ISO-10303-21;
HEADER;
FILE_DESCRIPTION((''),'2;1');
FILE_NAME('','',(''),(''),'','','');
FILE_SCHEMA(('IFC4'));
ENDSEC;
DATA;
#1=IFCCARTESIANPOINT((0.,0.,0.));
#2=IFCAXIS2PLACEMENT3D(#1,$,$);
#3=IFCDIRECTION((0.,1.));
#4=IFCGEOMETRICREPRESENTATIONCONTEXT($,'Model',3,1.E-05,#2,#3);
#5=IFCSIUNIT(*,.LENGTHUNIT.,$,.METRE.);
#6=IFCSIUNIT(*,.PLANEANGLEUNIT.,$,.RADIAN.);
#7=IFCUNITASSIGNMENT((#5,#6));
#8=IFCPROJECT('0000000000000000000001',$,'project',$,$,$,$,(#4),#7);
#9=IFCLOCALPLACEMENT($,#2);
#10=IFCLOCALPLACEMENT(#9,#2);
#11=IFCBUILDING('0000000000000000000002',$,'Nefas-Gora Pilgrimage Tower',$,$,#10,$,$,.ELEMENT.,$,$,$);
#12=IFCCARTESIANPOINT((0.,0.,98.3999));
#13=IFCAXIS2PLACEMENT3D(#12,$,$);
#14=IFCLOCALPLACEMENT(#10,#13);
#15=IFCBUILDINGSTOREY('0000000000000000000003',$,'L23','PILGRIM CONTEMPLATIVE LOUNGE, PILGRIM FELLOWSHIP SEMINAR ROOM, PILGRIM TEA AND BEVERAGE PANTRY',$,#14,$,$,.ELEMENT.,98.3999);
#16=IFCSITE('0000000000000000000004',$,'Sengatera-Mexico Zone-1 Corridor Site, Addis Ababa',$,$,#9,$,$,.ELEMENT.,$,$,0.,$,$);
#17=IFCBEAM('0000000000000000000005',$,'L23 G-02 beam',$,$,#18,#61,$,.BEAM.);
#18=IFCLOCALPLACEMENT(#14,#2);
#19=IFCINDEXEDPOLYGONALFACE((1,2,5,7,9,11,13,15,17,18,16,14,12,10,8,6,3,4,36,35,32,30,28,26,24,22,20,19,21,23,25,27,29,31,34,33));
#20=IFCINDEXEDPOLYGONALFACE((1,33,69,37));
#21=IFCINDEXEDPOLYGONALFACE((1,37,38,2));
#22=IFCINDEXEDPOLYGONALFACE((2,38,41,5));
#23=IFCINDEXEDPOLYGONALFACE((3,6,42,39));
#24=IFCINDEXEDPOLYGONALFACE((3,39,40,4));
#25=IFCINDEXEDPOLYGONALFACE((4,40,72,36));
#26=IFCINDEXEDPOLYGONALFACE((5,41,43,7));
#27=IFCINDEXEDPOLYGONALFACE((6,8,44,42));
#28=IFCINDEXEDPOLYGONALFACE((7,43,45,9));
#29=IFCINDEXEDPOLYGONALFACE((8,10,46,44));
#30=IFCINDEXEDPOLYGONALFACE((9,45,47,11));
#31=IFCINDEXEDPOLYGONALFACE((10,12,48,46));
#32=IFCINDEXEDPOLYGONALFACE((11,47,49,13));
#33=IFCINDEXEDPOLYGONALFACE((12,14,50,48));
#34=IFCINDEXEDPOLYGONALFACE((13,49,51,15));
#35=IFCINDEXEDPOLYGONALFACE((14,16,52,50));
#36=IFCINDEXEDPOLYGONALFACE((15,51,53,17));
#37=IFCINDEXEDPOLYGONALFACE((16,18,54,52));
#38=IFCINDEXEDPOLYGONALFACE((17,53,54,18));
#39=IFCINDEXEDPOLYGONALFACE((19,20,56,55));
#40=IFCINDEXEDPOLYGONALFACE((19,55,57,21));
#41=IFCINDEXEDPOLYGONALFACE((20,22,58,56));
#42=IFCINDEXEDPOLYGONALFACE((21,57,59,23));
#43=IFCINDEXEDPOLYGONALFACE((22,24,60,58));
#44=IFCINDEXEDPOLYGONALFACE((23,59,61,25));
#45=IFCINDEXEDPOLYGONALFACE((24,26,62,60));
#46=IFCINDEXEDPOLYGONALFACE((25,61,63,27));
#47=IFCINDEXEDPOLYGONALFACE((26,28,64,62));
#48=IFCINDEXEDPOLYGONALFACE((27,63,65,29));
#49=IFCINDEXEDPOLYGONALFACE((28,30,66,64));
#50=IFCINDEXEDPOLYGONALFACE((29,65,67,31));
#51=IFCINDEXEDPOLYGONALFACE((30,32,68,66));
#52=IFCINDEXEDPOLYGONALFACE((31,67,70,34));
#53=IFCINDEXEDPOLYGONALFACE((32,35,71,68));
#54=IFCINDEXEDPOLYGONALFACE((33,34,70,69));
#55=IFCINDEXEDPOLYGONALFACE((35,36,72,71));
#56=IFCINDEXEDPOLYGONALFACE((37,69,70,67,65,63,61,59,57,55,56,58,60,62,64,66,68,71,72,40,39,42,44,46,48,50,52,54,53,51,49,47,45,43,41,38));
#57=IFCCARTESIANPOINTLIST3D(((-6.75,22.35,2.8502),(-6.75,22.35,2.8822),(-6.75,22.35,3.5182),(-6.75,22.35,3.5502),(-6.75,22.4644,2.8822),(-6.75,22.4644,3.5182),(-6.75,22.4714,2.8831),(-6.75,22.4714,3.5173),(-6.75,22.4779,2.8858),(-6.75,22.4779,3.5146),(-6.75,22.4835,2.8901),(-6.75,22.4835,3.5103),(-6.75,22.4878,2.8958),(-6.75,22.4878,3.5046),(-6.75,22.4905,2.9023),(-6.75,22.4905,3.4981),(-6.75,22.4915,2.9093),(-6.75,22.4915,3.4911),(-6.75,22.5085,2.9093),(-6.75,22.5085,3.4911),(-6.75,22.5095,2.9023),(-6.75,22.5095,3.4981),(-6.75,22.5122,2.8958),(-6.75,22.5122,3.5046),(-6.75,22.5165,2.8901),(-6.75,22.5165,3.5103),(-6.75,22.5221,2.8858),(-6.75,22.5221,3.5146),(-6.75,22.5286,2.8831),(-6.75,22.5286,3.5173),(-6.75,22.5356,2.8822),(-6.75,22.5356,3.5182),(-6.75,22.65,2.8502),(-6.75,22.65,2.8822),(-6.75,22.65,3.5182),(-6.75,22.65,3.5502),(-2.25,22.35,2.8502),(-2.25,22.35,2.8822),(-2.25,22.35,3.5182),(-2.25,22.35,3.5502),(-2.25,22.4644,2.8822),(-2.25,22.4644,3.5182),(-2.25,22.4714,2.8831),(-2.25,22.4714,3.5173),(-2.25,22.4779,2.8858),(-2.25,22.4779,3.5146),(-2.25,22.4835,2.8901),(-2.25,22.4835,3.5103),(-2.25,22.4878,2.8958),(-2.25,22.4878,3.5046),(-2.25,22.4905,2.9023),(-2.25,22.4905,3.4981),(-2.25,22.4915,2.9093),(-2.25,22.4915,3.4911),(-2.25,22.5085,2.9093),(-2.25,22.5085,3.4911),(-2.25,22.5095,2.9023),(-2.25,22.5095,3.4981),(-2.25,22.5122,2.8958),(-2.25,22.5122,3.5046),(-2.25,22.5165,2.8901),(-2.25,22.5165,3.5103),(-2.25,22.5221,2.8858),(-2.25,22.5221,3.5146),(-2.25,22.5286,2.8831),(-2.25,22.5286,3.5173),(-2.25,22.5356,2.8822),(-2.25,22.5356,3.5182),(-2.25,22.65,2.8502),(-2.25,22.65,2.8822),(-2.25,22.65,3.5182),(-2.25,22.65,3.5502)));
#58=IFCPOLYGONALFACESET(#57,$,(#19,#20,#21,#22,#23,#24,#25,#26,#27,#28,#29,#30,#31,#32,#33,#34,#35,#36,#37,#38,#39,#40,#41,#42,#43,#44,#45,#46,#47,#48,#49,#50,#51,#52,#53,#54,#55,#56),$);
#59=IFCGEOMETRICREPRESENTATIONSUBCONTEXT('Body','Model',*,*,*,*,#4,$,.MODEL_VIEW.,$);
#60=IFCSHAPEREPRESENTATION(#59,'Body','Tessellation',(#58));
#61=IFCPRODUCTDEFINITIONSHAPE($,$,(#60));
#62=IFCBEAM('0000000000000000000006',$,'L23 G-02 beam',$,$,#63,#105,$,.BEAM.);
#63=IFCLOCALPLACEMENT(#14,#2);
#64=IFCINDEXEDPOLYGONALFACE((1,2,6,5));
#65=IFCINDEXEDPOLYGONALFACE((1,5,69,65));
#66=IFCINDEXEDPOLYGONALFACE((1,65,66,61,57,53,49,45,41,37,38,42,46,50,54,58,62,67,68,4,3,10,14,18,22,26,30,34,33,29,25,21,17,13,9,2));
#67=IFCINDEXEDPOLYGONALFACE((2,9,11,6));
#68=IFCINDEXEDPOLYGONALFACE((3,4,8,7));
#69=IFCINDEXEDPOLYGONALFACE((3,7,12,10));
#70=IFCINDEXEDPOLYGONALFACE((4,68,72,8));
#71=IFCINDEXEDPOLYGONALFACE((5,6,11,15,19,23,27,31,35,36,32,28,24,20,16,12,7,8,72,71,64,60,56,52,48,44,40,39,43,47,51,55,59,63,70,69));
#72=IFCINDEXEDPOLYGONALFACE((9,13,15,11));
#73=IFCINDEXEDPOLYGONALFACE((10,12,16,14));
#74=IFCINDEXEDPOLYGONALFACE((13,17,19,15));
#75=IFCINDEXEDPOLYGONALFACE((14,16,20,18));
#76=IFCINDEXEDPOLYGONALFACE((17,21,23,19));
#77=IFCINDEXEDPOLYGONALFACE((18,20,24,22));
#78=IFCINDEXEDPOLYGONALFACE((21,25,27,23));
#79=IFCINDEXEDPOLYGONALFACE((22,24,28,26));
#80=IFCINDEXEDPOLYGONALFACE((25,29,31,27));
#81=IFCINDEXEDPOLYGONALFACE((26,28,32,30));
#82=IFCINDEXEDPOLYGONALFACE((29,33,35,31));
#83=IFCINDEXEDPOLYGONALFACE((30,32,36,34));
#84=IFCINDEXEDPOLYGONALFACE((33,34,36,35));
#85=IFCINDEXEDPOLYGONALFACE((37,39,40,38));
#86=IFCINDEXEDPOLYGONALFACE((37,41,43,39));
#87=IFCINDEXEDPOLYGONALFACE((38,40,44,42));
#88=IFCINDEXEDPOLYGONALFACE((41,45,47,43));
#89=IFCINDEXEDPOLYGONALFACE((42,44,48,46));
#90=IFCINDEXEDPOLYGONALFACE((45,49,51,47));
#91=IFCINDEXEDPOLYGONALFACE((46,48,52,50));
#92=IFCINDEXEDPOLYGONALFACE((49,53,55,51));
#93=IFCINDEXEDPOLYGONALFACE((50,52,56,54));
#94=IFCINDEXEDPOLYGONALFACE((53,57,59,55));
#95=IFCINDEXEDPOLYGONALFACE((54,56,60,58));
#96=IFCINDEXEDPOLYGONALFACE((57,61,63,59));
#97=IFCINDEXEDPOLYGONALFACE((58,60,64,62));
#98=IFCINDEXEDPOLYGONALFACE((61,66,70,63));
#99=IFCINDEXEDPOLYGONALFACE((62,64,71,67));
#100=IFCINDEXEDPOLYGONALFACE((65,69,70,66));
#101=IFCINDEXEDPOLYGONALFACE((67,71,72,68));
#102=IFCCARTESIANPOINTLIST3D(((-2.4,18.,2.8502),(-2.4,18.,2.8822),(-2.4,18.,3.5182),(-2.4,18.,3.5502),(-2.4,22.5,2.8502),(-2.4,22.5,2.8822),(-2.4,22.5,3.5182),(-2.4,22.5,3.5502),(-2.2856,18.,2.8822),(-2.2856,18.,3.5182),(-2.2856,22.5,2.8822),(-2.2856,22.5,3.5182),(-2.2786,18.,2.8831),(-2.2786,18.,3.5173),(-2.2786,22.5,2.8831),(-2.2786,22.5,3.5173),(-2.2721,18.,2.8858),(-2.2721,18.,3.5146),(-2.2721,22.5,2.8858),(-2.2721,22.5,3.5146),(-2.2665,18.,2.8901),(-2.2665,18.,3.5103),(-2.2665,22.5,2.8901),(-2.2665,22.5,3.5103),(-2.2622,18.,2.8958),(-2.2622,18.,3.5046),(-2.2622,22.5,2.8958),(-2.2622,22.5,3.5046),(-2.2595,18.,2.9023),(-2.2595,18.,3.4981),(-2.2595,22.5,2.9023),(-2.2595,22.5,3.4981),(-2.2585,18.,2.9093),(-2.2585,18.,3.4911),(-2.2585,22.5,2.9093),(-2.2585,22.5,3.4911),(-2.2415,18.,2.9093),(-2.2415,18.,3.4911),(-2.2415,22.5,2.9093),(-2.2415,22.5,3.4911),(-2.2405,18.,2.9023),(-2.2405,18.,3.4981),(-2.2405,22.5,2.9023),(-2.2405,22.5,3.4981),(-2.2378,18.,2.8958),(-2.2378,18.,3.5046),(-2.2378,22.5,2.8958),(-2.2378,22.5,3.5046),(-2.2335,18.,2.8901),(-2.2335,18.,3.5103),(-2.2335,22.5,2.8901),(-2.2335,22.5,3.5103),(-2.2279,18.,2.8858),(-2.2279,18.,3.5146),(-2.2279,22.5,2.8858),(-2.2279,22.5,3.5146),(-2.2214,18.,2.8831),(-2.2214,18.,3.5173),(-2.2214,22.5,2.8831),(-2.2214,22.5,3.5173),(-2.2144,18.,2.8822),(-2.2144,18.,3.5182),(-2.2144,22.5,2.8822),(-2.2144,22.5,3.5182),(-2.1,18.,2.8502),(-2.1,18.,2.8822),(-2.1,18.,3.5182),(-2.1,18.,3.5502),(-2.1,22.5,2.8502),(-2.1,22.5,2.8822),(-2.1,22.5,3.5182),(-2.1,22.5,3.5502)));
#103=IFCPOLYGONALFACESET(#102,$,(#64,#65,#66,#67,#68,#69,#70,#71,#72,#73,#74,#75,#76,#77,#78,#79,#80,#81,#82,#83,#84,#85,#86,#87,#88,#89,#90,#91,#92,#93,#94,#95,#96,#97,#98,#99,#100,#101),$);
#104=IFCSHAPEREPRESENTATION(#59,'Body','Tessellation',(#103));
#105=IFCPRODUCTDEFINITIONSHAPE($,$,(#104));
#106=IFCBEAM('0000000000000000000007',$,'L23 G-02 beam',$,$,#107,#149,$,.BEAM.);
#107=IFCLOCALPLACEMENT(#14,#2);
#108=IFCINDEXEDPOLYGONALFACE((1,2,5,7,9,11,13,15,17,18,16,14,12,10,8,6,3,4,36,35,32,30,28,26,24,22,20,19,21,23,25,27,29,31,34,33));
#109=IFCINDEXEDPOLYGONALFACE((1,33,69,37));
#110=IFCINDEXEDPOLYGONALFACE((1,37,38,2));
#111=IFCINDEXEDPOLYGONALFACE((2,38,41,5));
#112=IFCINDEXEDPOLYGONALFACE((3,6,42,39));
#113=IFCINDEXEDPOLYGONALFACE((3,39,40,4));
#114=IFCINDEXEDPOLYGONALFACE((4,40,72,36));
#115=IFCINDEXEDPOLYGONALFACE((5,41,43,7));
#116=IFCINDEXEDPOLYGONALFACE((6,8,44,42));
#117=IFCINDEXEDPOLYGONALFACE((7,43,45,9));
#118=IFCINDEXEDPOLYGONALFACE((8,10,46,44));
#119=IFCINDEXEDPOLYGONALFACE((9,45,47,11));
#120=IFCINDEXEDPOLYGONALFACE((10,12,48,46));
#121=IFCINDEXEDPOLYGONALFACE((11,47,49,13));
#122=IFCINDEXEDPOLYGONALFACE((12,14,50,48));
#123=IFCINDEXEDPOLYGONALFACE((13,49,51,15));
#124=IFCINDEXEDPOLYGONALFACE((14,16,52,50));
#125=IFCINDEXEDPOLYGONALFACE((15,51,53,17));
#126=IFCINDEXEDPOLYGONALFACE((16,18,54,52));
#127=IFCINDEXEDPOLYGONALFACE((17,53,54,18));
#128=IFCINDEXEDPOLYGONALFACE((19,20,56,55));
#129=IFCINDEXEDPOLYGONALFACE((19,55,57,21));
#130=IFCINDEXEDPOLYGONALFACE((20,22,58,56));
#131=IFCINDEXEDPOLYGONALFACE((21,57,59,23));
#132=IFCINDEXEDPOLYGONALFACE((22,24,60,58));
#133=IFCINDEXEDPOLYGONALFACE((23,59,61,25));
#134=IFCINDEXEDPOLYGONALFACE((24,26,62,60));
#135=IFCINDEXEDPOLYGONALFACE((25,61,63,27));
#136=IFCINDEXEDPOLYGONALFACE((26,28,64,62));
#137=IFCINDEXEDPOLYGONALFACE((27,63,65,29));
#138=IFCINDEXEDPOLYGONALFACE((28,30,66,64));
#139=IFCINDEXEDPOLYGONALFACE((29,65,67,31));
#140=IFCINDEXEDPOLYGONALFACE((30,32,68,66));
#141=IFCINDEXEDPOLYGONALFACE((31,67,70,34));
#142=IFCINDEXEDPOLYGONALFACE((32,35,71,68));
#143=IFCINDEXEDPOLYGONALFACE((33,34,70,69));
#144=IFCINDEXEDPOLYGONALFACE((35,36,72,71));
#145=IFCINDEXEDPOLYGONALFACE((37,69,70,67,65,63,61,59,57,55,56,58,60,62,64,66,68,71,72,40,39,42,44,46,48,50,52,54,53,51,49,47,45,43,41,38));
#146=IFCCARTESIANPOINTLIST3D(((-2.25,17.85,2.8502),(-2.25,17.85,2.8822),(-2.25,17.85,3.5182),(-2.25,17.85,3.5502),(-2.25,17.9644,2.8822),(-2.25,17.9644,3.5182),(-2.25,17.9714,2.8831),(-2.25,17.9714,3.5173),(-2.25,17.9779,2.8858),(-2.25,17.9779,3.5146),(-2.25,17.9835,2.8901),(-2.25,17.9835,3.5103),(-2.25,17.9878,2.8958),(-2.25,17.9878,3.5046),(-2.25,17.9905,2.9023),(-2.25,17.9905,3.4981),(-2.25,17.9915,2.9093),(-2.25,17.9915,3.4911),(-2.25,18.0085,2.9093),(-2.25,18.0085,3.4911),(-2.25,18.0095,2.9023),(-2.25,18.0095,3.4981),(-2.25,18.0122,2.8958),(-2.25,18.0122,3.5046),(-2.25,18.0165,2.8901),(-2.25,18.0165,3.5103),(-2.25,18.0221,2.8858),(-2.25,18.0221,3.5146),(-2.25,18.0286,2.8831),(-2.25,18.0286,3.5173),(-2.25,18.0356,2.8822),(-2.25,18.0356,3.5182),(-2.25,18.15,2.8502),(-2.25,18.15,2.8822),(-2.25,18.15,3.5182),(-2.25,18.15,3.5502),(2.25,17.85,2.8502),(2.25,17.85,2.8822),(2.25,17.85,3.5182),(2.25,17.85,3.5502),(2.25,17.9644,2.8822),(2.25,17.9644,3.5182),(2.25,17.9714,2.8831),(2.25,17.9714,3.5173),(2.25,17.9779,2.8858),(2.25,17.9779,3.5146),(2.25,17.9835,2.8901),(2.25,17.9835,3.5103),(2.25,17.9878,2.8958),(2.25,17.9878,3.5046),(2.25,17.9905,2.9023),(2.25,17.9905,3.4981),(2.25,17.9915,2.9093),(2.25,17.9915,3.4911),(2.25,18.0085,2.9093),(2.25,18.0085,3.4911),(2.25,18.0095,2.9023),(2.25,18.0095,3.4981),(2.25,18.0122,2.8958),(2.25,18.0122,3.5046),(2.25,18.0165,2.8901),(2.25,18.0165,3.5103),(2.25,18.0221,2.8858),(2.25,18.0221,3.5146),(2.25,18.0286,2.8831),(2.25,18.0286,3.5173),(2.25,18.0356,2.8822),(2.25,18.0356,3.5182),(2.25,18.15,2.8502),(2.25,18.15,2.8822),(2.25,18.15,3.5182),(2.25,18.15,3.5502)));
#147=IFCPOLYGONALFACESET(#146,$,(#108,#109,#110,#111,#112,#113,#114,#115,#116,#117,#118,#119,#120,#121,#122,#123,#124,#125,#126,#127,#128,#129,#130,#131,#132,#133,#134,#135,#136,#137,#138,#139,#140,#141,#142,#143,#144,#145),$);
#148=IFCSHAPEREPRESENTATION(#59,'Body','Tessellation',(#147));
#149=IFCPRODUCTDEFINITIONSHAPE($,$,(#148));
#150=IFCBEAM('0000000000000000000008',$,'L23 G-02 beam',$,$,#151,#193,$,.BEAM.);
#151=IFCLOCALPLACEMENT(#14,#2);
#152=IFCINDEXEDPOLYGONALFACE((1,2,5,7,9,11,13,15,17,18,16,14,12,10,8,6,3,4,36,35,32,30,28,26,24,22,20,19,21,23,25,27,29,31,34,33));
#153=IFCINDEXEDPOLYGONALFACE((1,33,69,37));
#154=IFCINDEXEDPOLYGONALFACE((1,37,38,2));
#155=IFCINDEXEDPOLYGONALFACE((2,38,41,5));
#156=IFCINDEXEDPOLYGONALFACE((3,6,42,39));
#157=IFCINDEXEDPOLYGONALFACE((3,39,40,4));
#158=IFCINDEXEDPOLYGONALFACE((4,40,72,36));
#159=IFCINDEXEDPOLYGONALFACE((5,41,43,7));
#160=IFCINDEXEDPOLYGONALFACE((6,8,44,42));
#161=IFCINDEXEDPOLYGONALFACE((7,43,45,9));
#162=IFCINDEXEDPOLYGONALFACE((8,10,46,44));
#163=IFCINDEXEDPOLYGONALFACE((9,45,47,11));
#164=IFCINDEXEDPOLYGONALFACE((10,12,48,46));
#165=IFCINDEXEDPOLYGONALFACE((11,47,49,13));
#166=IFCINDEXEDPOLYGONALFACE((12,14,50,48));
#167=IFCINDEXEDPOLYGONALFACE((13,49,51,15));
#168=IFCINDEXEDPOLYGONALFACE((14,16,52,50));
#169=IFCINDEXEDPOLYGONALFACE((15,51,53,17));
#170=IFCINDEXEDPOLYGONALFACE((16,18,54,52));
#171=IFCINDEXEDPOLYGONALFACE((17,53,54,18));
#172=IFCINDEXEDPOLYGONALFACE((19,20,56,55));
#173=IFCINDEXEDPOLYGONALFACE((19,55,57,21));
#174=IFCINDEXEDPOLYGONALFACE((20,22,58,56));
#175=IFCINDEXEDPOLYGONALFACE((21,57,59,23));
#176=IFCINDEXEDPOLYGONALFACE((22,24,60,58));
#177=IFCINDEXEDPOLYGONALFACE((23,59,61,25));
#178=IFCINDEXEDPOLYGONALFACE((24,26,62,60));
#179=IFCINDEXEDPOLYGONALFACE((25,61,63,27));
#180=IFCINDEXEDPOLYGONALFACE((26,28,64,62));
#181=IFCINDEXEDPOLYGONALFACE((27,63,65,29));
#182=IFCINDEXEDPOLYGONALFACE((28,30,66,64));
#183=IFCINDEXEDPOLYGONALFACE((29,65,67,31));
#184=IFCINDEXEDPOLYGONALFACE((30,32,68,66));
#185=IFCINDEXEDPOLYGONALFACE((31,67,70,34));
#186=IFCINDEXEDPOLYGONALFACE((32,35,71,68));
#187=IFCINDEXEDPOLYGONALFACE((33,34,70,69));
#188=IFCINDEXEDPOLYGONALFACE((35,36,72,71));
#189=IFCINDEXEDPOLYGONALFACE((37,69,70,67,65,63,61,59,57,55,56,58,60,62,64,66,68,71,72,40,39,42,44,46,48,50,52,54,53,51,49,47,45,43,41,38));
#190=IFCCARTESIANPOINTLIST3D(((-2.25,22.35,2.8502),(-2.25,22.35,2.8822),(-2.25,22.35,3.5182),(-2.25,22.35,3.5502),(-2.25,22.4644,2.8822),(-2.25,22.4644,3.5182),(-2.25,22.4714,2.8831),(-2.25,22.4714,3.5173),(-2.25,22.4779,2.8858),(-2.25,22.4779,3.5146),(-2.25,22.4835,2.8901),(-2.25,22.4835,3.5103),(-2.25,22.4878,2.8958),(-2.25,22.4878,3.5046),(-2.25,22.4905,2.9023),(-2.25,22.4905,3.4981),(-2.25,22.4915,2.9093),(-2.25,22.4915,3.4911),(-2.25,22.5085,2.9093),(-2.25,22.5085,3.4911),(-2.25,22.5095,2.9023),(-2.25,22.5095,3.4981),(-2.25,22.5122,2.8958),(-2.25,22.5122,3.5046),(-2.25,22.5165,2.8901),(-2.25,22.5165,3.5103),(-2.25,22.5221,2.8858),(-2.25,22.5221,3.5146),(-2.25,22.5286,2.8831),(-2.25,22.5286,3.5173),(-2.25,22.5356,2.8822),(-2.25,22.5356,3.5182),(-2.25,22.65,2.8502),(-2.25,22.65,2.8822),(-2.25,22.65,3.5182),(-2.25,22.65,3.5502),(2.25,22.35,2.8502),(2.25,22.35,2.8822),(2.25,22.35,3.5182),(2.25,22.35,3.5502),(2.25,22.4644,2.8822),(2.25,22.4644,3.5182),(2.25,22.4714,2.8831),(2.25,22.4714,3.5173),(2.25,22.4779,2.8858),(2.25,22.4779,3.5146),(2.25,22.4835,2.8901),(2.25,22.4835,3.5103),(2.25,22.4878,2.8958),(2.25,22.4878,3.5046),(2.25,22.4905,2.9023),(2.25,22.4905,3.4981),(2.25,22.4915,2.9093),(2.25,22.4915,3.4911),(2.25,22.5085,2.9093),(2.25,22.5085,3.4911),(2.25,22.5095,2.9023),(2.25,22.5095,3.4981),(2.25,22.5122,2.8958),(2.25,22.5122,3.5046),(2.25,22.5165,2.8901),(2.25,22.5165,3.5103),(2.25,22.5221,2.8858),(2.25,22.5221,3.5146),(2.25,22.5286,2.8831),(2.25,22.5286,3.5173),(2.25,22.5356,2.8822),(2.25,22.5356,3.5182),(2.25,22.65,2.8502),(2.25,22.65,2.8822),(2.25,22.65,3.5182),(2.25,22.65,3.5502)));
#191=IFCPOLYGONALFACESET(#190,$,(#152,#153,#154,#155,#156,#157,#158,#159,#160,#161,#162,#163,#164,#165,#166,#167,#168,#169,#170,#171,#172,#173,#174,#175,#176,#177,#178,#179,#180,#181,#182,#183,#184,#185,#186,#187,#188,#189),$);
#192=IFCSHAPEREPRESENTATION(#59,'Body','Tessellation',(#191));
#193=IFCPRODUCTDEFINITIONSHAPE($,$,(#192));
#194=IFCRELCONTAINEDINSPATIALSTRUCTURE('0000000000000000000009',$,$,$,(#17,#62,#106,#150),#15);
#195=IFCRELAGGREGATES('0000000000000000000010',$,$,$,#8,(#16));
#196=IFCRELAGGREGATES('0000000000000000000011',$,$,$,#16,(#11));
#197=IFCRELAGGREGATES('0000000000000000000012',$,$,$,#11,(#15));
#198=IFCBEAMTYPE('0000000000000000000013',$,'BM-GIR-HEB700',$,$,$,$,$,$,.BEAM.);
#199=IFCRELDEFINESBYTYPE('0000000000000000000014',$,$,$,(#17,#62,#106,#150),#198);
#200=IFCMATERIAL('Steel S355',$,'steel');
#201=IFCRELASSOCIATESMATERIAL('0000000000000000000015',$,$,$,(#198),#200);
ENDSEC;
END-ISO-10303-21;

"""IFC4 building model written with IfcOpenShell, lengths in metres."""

from ifc_helpers import new_model, si_unit, direction, frame, origin, origin_2d, place, context, subcontext, project, spatial, i_section, extrude, source, transform, mapped, material, material_profile, profile_set, type_object, element, save


model = new_model("IFC4")

# Units and contexts
model_context = context("Model", 3, precision=1e-05, world=origin(), true_north=direction((0.0, 1.0)))
body_context = subcontext(model_context, "Body", "Model", "MODEL_VIEW")
ifc_project = project(units=[si_unit("LENGTHUNIT", "METRE"), si_unit("PLANEANGLEUNIT", "RADIAN")], contexts=[model_context])

# Site, building, storey
site_placement = place(None, origin())
site = spatial("IfcSite", under=ifc_project, at=site_placement, Name="Sengatera-Mexico Zone-1 Corridor Site, Addis Ababa", CompositionType="ELEMENT", RefElevation=0.0)
building_placement = place(site_placement, origin())
building = spatial("IfcBuilding", under=site, at=building_placement, Name="Nefas-Gora Pilgrimage Tower", CompositionType="ELEMENT")
storey_placement = place(building_placement, frame((0.0, 0.0, 98.3999)))
storey = spatial("IfcBuildingStorey", under=building, at=storey_placement, Name="L23", Description="PILGRIM CONTEMPLATIVE LOUNGE, PILGRIM FELLOWSHIP SEMINAR ROOM, PILGRIM TEA AND BEVERAGE PANTRY", CompositionType="ELEMENT", Elevation=98.3999)

# Beams
ifc_material_1 = material(Name="Steel S355", Category="steel")
ifc_material_profile_1 = material_profile(ifc_material_1, i_section(OverallWidth=0.3, OverallDepth=0.7, WebThickness=0.0171, FlangeThickness=0.032, FilletRadius=0.0271, at=origin_2d()), Name="HEB 700")
ifc_profile_set_1 = profile_set([ifc_material_profile_1], Name="Steel S355")
beam_type = type_object("IfcBeamType", Name="BM-GIR-HEB700", PredefinedType="BEAM", material=ifc_profile_set_1)
shared_shape_1 = source(origin(), body_context, "Body", "SweptSolid", [
    extrude(i_section(OverallWidth=0.3, OverallDepth=0.7, WebThickness=0.0171, FlangeThickness=0.032, FilletRadius=0.0271, at=origin_2d()), origin(), (0.0, 0.0, 1.0), 4.5),
])
for number, where, z_axis, x_axis, name in (
    (1, (-6.75, 22.5, 3.2002), (1.0, 0.0, 0.0), (0.0, 1.0, 0.0), "L23 G-02 beam"),
    (2, (-2.25, 18.0, 3.2002), (0.0, 1.0, 0.0), (-1.0, 0.0, 0.0), "L23 G-02 beam"),
    (3, (-2.25, 18.0, 3.2002), (1.0, 0.0, 0.0), (0.0, 1.0, 0.0), "L23 G-02 beam"),
    (4, (-2.25, 22.5, 3.2002), (1.0, 0.0, 0.0), (0.0, 1.0, 0.0), "L23 G-02 beam"),
):
    element("IfcBeam", number, at=place(storey_placement, frame(where, z_axis=z_axis, x_axis=x_axis)), inside=storey, type_object=beam_type, Name=name, PredefinedType="BEAM", context=body_context, shape_type="MappedRepresentation", body=[
        mapped(shared_shape_1, transform((0.0, 0.0, 0.0), x_axis=(1.0, 0.0, 0.0), y_axis=(0.0, 1.0, 0.0), z_axis=(0.0, 0.0, 1.0), scale=1.0)),
    ])

save(model, "model.ifc")
